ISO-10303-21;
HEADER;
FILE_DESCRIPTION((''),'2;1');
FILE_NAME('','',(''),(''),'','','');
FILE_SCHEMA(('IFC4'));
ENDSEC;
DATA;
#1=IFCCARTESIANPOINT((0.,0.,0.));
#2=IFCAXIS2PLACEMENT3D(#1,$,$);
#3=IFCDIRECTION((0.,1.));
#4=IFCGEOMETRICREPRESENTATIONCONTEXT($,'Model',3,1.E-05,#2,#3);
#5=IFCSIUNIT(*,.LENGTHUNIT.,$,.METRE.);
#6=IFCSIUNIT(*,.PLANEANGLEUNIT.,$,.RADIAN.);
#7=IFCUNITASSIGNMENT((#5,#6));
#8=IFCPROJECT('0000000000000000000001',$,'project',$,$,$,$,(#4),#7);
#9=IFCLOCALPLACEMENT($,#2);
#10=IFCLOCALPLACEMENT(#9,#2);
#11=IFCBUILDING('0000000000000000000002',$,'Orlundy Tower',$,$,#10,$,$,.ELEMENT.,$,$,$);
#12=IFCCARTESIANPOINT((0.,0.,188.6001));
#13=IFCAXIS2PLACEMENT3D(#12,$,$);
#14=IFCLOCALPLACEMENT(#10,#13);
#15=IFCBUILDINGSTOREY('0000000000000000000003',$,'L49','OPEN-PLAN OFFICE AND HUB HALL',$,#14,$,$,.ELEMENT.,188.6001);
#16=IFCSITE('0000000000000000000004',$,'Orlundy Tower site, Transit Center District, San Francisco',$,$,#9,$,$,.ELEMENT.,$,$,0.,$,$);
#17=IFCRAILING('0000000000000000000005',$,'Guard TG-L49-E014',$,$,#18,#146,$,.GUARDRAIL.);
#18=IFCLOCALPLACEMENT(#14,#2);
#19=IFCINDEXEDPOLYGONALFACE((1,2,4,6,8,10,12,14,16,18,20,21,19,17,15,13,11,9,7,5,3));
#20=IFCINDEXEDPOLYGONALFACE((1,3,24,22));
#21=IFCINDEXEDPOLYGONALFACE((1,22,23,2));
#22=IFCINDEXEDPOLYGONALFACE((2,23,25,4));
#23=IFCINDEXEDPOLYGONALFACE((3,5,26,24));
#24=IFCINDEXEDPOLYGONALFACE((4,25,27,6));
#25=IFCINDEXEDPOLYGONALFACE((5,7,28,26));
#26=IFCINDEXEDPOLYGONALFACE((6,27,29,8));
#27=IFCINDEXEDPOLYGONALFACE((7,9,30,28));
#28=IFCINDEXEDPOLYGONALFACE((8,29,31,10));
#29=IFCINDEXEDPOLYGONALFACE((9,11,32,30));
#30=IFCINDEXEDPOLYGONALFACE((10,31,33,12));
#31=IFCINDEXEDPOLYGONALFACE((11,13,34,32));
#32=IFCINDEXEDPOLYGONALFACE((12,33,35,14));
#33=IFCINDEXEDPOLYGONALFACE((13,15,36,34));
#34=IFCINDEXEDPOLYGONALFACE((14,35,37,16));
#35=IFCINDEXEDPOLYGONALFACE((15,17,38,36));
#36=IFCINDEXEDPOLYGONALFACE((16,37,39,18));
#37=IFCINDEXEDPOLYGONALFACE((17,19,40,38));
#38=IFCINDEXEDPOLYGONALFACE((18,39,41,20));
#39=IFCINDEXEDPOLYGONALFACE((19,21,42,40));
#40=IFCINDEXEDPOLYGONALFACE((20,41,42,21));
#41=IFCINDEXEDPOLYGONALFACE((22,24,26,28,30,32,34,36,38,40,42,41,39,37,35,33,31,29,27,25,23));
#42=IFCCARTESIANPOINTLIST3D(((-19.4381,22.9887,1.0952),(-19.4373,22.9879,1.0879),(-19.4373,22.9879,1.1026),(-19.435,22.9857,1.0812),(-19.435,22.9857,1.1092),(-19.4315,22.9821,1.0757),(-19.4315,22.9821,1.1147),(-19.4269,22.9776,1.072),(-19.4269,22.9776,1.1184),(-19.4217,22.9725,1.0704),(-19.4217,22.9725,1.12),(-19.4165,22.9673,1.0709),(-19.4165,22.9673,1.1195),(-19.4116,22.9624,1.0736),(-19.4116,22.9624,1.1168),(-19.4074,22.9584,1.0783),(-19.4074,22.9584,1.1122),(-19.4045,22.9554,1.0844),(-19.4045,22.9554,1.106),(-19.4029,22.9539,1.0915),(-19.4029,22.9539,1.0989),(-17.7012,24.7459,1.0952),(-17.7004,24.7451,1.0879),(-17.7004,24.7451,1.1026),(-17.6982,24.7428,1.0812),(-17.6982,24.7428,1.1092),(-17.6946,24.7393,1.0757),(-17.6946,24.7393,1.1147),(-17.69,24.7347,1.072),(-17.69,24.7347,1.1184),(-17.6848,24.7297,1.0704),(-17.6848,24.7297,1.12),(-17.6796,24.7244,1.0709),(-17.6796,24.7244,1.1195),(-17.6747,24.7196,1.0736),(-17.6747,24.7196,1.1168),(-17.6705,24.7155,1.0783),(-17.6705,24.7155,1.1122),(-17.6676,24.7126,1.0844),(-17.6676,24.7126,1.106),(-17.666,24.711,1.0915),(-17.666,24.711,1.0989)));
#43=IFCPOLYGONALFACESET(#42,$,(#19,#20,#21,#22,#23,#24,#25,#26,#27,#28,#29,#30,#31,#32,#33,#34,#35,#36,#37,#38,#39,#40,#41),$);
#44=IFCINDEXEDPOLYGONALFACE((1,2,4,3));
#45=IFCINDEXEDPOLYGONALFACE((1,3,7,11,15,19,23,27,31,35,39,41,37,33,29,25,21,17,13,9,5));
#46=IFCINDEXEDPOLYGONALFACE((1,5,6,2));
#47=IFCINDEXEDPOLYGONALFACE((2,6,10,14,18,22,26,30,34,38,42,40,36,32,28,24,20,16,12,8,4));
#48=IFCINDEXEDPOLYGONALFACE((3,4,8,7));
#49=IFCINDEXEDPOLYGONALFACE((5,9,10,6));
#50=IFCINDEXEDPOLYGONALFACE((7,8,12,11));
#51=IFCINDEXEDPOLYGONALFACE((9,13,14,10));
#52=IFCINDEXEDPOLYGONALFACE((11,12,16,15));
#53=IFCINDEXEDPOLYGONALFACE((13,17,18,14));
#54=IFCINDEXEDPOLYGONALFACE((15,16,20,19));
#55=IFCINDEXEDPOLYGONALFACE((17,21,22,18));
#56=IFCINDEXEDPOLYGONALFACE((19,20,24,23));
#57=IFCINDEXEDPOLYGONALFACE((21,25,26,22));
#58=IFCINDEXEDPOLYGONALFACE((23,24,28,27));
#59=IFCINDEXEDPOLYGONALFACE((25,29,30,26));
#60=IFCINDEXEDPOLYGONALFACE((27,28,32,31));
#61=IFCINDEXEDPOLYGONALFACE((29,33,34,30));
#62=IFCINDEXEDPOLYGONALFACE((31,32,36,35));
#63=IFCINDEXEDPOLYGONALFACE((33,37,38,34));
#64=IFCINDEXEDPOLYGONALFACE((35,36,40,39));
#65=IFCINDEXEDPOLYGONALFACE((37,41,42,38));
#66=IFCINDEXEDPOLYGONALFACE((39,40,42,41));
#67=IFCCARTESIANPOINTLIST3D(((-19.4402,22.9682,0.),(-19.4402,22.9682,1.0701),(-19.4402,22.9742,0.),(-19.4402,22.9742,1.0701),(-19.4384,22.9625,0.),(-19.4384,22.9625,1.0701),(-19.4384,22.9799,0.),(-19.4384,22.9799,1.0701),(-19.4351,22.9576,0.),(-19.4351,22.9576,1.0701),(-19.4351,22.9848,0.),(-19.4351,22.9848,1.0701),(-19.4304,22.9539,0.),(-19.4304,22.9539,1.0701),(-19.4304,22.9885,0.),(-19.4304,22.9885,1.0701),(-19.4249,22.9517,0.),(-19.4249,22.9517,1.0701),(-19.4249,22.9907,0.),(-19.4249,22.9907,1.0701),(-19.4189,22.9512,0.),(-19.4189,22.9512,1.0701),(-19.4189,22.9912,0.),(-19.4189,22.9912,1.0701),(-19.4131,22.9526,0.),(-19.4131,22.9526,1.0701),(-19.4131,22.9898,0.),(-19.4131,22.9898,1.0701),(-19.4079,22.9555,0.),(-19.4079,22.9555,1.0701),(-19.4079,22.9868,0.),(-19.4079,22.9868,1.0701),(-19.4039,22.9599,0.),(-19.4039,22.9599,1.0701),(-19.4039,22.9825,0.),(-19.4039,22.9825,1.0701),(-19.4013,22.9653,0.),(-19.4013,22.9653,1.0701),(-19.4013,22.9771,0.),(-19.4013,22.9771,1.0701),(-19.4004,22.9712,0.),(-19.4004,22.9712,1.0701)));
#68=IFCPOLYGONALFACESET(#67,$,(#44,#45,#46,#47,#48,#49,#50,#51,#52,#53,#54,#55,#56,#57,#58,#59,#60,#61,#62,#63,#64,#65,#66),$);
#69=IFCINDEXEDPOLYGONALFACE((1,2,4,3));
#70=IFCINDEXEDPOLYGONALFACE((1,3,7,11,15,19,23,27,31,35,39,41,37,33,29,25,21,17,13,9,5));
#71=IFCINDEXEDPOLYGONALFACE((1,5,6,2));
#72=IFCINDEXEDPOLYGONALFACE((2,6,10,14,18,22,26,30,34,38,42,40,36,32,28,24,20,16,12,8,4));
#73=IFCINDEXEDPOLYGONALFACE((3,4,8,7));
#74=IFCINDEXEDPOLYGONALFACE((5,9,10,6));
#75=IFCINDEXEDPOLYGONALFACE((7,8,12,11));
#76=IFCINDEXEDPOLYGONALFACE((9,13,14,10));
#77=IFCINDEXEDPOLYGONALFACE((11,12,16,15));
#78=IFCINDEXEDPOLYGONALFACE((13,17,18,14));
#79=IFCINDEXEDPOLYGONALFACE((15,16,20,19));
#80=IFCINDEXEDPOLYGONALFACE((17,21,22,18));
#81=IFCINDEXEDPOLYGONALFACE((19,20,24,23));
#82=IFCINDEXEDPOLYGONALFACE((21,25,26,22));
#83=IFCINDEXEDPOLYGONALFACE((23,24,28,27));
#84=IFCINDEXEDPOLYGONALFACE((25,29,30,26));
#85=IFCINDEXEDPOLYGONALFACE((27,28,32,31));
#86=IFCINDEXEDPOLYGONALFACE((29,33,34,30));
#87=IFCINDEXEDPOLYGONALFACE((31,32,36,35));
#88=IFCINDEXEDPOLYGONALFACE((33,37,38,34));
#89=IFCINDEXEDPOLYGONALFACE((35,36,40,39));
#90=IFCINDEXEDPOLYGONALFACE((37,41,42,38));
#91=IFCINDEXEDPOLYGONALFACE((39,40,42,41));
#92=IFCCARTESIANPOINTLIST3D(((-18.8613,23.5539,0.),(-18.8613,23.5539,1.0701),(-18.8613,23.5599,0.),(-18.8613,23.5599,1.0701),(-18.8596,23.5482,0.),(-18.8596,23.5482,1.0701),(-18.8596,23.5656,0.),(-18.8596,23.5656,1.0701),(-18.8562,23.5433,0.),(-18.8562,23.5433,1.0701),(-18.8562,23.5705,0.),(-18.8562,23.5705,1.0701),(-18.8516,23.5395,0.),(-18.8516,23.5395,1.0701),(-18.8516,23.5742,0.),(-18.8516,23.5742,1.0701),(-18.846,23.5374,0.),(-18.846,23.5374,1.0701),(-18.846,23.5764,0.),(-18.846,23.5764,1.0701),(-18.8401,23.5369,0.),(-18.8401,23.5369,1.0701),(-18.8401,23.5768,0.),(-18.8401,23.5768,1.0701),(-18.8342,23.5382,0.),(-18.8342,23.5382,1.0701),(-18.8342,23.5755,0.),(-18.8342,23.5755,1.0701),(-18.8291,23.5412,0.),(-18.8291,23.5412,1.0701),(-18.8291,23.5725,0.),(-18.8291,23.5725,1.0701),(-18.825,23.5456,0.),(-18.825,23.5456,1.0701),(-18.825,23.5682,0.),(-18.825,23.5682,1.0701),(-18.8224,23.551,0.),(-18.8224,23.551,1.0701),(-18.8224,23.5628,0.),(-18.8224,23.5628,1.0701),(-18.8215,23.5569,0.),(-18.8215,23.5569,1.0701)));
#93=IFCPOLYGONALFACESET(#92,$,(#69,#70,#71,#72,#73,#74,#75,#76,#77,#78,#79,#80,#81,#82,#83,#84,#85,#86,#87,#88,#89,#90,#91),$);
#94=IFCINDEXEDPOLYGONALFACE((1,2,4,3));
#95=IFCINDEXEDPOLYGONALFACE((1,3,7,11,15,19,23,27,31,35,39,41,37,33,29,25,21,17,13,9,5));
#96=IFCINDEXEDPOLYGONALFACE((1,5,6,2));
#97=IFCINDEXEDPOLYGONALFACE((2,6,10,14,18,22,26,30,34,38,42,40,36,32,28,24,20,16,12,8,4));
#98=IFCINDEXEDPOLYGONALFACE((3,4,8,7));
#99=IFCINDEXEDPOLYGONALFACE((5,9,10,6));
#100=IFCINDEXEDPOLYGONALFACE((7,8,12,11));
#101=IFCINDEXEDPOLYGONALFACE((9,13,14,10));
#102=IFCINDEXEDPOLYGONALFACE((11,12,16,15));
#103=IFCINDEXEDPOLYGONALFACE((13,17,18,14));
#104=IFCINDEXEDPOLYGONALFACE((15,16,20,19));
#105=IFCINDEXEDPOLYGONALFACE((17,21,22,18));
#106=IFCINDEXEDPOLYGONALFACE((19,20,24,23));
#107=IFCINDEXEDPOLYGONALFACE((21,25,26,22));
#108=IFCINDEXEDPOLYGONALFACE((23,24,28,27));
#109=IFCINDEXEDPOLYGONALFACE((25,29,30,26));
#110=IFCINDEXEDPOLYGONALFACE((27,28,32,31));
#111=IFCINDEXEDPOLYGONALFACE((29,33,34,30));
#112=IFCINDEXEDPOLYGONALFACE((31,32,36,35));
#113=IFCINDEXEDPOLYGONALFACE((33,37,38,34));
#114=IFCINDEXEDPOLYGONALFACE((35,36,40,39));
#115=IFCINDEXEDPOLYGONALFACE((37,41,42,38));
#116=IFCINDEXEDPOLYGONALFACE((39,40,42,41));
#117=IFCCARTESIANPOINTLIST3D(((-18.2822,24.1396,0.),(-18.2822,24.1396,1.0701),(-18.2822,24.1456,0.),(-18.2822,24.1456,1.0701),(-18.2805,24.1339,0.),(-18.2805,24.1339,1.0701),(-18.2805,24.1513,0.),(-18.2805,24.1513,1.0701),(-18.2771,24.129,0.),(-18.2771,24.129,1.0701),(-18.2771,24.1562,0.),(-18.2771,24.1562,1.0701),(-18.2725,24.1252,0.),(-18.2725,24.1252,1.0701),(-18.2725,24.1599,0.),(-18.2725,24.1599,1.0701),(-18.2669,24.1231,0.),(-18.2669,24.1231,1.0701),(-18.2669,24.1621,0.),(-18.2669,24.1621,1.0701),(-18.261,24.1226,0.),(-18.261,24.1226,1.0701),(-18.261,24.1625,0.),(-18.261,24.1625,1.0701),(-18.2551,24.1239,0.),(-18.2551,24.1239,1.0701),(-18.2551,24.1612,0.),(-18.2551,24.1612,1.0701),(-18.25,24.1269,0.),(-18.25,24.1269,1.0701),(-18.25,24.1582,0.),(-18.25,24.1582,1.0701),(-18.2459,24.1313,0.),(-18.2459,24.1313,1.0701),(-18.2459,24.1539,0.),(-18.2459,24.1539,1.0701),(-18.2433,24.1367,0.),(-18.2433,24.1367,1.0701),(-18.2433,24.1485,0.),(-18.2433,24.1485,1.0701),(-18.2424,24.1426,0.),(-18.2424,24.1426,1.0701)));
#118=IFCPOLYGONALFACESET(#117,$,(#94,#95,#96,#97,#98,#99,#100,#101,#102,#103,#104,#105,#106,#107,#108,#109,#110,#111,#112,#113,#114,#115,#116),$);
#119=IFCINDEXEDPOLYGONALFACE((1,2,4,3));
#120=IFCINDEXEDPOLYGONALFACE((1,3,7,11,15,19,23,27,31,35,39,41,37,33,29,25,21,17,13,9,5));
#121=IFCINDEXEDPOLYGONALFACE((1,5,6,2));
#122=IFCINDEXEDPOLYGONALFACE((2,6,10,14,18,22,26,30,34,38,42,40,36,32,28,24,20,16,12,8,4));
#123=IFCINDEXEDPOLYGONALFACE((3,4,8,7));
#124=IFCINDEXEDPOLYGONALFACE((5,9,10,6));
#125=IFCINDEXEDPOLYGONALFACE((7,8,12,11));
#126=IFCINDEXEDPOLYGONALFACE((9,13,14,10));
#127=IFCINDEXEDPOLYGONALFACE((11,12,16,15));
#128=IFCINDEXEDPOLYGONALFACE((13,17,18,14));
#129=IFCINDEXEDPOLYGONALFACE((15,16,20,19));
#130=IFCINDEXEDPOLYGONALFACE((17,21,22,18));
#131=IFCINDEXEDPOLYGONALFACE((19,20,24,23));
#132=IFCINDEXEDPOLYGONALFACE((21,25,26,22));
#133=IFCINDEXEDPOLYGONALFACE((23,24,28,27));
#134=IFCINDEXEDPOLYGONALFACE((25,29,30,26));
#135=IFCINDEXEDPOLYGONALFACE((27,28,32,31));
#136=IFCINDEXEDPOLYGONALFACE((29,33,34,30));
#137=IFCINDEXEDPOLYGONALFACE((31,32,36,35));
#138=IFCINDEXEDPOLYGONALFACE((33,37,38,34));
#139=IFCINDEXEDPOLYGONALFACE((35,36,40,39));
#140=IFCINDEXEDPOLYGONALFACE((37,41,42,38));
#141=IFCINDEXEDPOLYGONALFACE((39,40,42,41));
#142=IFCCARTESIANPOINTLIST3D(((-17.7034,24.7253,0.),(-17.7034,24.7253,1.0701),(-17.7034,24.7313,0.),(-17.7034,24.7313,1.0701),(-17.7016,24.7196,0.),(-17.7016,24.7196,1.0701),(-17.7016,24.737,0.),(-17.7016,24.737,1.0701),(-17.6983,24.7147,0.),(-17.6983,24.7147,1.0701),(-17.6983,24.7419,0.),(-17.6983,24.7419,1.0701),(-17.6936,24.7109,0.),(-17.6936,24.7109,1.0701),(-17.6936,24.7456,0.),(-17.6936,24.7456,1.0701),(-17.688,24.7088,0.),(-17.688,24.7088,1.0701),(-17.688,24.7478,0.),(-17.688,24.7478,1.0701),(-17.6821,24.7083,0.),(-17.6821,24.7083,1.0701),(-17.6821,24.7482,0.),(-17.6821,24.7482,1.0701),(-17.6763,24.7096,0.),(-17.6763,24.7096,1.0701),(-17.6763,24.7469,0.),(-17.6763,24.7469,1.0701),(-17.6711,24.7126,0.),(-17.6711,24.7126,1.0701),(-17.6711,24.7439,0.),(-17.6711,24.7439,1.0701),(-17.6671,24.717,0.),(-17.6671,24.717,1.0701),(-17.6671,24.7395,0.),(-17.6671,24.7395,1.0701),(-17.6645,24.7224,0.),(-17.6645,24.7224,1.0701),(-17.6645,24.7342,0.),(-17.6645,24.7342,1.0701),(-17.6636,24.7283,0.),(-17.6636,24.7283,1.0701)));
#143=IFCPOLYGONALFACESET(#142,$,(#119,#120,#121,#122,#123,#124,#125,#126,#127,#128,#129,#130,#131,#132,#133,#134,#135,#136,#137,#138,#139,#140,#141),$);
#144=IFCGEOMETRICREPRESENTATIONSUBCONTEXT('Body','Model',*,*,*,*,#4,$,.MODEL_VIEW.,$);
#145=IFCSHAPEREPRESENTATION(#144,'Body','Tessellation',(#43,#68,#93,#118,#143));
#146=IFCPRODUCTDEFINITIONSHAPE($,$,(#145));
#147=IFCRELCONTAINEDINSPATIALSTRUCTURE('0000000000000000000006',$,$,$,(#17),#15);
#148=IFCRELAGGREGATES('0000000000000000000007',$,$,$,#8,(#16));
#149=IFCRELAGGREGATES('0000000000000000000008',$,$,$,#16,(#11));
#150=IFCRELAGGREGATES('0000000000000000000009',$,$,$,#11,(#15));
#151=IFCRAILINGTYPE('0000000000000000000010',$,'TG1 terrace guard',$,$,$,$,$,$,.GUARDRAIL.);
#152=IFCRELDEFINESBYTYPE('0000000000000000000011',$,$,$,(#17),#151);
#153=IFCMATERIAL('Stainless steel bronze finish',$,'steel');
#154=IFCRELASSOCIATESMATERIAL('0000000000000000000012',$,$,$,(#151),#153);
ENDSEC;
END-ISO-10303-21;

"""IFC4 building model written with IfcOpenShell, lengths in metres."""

from ifc_helpers import new_model, si_unit, direction, frame, origin, origin_2d, place, context, subcontext, project, spatial, circle, extrude, material, type_object, element, save


model = new_model("IFC4")

# Units and contexts
model_context = context("Model", 3, precision=1e-05, world=origin(), true_north=direction((0.0, 1.0)))
body_context = subcontext(model_context, "Body", "Model", "MODEL_VIEW")
ifc_project = project(units=[si_unit("LENGTHUNIT", "METRE"), si_unit("PLANEANGLEUNIT", "RADIAN")], contexts=[model_context])

# Site, building, storey
site_placement = place(None, origin())
site = spatial("IfcSite", under=ifc_project, at=site_placement, Name="Orlundy Tower site, Transit Center District, San Francisco", CompositionType="ELEMENT", RefElevation=0.0)
building_placement = place(site_placement, origin())
building = spatial("IfcBuilding", under=site, at=building_placement, Name="Orlundy Tower", CompositionType="ELEMENT")
storey_placement = place(building_placement, frame((0.0, 0.0, 188.6001)))
storey = spatial("IfcBuildingStorey", under=building, at=storey_placement, Name="L49", Description="OPEN-PLAN OFFICE AND HUB HALL", CompositionType="ELEMENT", Elevation=188.6001)

# Railing
ifc_material_1 = material(Name="Stainless steel bronze finish", Category="steel")
railing_type_1 = type_object("IfcRailingType", Name="TG1 terrace guard", PredefinedType="GUARDRAIL", material=ifc_material_1)
railing_1_placement = place(storey_placement, frame((-19.4204, 22.9712, 0.0)))
element("IfcRailing", 1, at=railing_1_placement, inside=storey, type_object=railing_type_1, Name="Guard TG-L49-E014", PredefinedType="GUARDRAIL", context=body_context, shape_type="SweptSolid", body=[
    extrude(circle(Radius=0.0249, at=origin_2d()), frame((0.0, 0.0, 1.0952), z_axis=(0.702994, 0.711196, 0.0), x_axis=(-0.711196, 0.702994, 0.0)), (0.0, 0.0, 1.0), 2.4707),
    extrude(circle(Radius=0.02, at=origin_2d()), origin(), (0.0, 0.0, 1.0), 1.0701),
    extrude(circle(Radius=0.02, at=origin_2d()), frame((0.5789, 0.5857, 0.0)), (0.0, 0.0, 1.0), 1.0701),
    extrude(circle(Radius=0.02, at=origin_2d()), frame((1.158, 1.1714, 0.0)), (0.0, 0.0, 1.0), 1.0701),
    extrude(circle(Radius=0.02, at=origin_2d()), frame((1.7368, 1.7571, 0.0)), (0.0, 0.0, 1.0), 1.0701),
])

save(model, "model.ifc")
